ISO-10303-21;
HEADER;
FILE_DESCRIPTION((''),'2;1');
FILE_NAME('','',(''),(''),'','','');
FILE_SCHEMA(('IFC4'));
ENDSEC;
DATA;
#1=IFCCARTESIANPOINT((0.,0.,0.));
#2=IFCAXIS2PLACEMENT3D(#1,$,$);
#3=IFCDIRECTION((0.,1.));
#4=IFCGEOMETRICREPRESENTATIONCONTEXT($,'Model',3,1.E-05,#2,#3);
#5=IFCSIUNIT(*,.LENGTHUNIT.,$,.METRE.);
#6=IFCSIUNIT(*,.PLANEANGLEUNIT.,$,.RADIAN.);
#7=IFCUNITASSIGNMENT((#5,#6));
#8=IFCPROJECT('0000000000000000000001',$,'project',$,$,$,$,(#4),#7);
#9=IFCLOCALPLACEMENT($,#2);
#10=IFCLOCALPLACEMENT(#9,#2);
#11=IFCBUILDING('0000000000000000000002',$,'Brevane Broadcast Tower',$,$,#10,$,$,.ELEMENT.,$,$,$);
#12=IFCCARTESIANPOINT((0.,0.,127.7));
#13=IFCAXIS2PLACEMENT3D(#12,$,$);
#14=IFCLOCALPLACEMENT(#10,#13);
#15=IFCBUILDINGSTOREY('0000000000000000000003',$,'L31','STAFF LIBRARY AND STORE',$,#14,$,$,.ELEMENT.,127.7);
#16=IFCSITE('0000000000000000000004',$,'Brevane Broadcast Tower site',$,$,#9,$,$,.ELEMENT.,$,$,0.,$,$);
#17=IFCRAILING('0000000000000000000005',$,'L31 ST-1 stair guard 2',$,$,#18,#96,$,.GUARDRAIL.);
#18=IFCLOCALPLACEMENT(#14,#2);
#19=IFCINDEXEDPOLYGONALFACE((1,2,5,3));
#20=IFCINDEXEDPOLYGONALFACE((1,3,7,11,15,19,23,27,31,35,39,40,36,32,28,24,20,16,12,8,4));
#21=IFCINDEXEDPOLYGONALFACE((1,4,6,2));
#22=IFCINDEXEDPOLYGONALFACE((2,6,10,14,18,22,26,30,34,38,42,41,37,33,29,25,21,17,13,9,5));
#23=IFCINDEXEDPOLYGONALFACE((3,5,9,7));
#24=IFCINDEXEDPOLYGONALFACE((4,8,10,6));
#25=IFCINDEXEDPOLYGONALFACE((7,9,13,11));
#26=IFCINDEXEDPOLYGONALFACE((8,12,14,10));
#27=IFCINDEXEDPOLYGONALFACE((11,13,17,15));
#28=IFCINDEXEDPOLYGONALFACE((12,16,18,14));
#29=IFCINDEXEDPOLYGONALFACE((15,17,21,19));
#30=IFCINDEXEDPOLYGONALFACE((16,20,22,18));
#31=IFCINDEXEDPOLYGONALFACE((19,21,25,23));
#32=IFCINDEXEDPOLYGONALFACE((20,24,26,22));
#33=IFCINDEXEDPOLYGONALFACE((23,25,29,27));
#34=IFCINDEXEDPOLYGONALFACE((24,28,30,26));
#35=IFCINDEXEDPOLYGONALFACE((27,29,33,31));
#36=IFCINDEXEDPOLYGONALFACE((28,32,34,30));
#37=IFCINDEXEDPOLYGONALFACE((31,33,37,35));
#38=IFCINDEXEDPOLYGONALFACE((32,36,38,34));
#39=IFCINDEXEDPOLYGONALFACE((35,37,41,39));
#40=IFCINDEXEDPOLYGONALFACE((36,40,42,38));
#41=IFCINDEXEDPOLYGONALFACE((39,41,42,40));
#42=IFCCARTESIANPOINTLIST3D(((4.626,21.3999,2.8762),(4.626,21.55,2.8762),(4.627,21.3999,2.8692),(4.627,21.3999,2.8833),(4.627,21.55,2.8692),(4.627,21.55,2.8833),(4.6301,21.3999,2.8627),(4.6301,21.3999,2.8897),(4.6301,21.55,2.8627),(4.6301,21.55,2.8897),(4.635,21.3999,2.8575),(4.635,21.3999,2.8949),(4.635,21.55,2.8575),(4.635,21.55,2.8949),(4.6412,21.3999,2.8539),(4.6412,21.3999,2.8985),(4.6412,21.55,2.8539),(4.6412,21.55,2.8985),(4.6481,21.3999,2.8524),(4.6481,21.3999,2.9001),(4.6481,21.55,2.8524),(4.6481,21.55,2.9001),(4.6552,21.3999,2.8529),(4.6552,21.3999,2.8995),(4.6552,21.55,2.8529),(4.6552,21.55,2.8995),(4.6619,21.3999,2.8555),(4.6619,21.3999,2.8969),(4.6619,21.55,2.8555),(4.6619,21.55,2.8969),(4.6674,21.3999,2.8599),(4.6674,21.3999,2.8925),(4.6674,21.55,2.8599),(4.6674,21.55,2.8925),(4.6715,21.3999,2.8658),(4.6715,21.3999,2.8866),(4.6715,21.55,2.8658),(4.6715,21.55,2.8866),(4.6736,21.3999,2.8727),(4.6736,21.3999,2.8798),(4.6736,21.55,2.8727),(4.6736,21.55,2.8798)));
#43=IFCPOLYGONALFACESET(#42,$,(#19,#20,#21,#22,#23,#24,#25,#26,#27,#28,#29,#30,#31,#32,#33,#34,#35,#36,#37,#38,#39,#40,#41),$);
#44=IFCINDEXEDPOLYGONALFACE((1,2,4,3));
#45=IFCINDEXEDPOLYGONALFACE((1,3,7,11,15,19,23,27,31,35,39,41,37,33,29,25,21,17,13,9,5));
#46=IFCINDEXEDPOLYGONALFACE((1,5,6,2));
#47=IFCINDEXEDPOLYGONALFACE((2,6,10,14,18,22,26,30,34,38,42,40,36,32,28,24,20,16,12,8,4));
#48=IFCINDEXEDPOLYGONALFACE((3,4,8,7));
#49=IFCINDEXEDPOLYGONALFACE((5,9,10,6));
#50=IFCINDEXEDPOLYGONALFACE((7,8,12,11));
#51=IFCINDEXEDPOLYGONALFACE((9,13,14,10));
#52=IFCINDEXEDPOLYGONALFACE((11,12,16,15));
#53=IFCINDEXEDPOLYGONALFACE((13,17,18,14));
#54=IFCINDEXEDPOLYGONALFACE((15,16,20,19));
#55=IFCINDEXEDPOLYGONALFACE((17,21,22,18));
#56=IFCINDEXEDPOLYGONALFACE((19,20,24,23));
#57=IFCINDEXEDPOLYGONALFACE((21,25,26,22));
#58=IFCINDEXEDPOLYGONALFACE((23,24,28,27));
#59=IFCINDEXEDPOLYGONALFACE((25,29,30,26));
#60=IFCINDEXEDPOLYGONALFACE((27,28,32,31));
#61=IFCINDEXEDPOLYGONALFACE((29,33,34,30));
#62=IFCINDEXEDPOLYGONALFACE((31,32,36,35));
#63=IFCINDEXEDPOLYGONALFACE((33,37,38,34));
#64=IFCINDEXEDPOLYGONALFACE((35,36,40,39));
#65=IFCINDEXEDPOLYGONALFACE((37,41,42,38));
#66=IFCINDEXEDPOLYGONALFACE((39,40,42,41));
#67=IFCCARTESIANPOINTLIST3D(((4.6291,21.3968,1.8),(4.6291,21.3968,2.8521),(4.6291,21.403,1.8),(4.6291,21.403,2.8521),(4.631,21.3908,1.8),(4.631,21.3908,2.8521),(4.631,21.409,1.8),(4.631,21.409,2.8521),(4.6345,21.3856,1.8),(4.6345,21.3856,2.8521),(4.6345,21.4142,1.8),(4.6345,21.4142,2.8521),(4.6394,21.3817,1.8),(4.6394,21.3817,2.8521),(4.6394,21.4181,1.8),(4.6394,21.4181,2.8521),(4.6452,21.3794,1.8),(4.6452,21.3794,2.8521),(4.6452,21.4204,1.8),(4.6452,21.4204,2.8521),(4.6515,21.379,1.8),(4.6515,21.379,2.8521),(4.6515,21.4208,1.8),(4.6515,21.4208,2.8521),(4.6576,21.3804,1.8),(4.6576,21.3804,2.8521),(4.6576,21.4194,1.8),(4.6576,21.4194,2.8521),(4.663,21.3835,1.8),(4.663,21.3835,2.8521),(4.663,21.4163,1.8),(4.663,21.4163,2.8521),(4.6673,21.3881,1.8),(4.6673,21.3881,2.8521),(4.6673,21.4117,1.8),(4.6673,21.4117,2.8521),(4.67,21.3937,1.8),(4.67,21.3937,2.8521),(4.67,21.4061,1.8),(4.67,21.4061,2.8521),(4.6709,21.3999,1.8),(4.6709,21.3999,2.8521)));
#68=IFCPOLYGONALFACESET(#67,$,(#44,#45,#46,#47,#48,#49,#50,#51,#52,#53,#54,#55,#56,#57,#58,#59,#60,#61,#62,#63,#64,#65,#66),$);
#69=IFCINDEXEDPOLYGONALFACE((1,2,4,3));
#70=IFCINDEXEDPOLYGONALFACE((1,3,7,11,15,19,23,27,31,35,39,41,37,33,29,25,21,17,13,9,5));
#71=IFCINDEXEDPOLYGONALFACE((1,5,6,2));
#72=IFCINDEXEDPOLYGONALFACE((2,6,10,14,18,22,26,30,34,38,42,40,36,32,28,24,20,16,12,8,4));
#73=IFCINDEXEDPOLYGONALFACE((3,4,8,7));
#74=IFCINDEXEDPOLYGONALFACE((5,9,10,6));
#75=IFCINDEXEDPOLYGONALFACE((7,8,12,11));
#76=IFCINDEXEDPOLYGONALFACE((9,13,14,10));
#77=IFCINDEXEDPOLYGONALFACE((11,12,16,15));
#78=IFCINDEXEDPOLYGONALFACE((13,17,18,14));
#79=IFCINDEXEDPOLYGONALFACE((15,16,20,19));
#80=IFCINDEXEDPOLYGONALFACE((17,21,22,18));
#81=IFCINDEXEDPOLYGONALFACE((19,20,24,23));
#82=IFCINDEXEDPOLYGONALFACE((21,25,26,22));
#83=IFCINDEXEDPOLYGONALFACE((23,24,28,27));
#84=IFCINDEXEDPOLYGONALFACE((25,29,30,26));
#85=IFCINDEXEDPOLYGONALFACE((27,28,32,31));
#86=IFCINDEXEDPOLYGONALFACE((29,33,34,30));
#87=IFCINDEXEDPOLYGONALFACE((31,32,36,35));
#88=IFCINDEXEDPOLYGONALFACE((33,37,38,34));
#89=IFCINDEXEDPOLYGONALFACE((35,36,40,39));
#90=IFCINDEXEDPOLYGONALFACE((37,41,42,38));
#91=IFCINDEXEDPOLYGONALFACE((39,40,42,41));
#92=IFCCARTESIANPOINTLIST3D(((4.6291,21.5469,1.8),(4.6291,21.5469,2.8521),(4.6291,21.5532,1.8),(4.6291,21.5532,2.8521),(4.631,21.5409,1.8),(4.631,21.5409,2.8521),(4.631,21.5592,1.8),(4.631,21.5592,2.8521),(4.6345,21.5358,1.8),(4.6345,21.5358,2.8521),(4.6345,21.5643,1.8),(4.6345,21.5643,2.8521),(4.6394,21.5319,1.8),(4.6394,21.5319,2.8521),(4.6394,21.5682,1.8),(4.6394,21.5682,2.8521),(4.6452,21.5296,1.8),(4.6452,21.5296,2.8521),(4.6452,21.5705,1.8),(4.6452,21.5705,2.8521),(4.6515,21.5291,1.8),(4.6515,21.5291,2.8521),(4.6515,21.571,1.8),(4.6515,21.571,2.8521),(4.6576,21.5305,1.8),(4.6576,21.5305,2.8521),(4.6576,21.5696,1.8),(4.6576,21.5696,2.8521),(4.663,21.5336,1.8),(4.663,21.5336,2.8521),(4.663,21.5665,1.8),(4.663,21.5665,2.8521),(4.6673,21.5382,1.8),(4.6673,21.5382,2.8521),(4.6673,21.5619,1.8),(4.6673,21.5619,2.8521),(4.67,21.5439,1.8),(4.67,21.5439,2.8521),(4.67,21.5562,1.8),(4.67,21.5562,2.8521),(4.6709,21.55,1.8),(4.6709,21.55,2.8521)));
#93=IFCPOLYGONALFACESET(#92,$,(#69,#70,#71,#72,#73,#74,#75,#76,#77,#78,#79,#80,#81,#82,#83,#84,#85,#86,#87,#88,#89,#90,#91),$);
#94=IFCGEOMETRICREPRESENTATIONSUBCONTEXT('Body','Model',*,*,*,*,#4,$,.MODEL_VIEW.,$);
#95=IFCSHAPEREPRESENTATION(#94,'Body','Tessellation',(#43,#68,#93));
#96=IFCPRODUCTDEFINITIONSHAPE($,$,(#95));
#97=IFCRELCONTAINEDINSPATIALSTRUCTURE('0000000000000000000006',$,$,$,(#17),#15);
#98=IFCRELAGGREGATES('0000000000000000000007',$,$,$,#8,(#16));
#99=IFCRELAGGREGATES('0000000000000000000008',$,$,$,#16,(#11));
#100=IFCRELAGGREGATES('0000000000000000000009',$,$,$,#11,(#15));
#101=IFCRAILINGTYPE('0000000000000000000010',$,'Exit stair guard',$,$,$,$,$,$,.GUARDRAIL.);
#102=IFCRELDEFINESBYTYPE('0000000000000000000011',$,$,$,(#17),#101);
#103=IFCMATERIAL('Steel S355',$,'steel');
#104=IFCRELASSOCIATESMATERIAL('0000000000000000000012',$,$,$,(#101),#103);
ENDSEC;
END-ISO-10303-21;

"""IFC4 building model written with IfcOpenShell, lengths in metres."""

from ifc_helpers import new_model, si_unit, direction, frame, origin, origin_2d, place, context, subcontext, project, spatial, circle, extrude, material, type_object, element, save


model = new_model("IFC4")

# Units and contexts
model_context = context("Model", 3, precision=1e-05, world=origin(), true_north=direction((0.0, 1.0)))
body_context = subcontext(model_context, "Body", "Model", "MODEL_VIEW")
ifc_project = project(units=[si_unit("LENGTHUNIT", "METRE"), si_unit("PLANEANGLEUNIT", "RADIAN")], contexts=[model_context])

# Site, building, storey
site_placement = place(None, origin())
site = spatial("IfcSite", under=ifc_project, at=site_placement, Name="Brevane Broadcast Tower site", CompositionType="ELEMENT", RefElevation=0.0)
building_placement = place(site_placement, origin())
building = spatial("IfcBuilding", under=site, at=building_placement, Name="Brevane Broadcast Tower", CompositionType="ELEMENT")
storey_placement = place(building_placement, frame((0.0, 0.0, 127.7)))
storey = spatial("IfcBuildingStorey", under=building, at=storey_placement, Name="L31", Description="STAFF LIBRARY AND STORE", CompositionType="ELEMENT", Elevation=127.7)

# Railing
ifc_material_1 = material(Name="Steel S355", Category="steel")
railing_type_1 = type_object("IfcRailingType", Name="Exit stair guard", PredefinedType="GUARDRAIL", material=ifc_material_1)
railing_1_placement = place(storey_placement, frame((4.6499, 21.3999, 1.8)))
element("IfcRailing", 1, at=railing_1_placement, inside=storey, type_object=railing_type_1, Name="L31 ST-1 stair guard 2", PredefinedType="GUARDRAIL", context=body_context, shape_type="SweptSolid", body=[
    extrude(circle(Radius=0.0239, at=origin_2d()), frame((0.0, 0.0, 1.0762), z_axis=(0.0, 1.0, 0.0), x_axis=(-1.0, 0.0, 0.0)), (0.0, 0.0, 1.0), 0.1501),
    extrude(circle(Radius=0.021, at=origin_2d()), origin(), (0.0, 0.0, 1.0), 1.052),
    extrude(circle(Radius=0.021, at=origin_2d()), frame((0.0, 0.1501, 0.0)), (0.0, 0.0, 1.0), 1.052),
])

save(model, "model.ifc")
